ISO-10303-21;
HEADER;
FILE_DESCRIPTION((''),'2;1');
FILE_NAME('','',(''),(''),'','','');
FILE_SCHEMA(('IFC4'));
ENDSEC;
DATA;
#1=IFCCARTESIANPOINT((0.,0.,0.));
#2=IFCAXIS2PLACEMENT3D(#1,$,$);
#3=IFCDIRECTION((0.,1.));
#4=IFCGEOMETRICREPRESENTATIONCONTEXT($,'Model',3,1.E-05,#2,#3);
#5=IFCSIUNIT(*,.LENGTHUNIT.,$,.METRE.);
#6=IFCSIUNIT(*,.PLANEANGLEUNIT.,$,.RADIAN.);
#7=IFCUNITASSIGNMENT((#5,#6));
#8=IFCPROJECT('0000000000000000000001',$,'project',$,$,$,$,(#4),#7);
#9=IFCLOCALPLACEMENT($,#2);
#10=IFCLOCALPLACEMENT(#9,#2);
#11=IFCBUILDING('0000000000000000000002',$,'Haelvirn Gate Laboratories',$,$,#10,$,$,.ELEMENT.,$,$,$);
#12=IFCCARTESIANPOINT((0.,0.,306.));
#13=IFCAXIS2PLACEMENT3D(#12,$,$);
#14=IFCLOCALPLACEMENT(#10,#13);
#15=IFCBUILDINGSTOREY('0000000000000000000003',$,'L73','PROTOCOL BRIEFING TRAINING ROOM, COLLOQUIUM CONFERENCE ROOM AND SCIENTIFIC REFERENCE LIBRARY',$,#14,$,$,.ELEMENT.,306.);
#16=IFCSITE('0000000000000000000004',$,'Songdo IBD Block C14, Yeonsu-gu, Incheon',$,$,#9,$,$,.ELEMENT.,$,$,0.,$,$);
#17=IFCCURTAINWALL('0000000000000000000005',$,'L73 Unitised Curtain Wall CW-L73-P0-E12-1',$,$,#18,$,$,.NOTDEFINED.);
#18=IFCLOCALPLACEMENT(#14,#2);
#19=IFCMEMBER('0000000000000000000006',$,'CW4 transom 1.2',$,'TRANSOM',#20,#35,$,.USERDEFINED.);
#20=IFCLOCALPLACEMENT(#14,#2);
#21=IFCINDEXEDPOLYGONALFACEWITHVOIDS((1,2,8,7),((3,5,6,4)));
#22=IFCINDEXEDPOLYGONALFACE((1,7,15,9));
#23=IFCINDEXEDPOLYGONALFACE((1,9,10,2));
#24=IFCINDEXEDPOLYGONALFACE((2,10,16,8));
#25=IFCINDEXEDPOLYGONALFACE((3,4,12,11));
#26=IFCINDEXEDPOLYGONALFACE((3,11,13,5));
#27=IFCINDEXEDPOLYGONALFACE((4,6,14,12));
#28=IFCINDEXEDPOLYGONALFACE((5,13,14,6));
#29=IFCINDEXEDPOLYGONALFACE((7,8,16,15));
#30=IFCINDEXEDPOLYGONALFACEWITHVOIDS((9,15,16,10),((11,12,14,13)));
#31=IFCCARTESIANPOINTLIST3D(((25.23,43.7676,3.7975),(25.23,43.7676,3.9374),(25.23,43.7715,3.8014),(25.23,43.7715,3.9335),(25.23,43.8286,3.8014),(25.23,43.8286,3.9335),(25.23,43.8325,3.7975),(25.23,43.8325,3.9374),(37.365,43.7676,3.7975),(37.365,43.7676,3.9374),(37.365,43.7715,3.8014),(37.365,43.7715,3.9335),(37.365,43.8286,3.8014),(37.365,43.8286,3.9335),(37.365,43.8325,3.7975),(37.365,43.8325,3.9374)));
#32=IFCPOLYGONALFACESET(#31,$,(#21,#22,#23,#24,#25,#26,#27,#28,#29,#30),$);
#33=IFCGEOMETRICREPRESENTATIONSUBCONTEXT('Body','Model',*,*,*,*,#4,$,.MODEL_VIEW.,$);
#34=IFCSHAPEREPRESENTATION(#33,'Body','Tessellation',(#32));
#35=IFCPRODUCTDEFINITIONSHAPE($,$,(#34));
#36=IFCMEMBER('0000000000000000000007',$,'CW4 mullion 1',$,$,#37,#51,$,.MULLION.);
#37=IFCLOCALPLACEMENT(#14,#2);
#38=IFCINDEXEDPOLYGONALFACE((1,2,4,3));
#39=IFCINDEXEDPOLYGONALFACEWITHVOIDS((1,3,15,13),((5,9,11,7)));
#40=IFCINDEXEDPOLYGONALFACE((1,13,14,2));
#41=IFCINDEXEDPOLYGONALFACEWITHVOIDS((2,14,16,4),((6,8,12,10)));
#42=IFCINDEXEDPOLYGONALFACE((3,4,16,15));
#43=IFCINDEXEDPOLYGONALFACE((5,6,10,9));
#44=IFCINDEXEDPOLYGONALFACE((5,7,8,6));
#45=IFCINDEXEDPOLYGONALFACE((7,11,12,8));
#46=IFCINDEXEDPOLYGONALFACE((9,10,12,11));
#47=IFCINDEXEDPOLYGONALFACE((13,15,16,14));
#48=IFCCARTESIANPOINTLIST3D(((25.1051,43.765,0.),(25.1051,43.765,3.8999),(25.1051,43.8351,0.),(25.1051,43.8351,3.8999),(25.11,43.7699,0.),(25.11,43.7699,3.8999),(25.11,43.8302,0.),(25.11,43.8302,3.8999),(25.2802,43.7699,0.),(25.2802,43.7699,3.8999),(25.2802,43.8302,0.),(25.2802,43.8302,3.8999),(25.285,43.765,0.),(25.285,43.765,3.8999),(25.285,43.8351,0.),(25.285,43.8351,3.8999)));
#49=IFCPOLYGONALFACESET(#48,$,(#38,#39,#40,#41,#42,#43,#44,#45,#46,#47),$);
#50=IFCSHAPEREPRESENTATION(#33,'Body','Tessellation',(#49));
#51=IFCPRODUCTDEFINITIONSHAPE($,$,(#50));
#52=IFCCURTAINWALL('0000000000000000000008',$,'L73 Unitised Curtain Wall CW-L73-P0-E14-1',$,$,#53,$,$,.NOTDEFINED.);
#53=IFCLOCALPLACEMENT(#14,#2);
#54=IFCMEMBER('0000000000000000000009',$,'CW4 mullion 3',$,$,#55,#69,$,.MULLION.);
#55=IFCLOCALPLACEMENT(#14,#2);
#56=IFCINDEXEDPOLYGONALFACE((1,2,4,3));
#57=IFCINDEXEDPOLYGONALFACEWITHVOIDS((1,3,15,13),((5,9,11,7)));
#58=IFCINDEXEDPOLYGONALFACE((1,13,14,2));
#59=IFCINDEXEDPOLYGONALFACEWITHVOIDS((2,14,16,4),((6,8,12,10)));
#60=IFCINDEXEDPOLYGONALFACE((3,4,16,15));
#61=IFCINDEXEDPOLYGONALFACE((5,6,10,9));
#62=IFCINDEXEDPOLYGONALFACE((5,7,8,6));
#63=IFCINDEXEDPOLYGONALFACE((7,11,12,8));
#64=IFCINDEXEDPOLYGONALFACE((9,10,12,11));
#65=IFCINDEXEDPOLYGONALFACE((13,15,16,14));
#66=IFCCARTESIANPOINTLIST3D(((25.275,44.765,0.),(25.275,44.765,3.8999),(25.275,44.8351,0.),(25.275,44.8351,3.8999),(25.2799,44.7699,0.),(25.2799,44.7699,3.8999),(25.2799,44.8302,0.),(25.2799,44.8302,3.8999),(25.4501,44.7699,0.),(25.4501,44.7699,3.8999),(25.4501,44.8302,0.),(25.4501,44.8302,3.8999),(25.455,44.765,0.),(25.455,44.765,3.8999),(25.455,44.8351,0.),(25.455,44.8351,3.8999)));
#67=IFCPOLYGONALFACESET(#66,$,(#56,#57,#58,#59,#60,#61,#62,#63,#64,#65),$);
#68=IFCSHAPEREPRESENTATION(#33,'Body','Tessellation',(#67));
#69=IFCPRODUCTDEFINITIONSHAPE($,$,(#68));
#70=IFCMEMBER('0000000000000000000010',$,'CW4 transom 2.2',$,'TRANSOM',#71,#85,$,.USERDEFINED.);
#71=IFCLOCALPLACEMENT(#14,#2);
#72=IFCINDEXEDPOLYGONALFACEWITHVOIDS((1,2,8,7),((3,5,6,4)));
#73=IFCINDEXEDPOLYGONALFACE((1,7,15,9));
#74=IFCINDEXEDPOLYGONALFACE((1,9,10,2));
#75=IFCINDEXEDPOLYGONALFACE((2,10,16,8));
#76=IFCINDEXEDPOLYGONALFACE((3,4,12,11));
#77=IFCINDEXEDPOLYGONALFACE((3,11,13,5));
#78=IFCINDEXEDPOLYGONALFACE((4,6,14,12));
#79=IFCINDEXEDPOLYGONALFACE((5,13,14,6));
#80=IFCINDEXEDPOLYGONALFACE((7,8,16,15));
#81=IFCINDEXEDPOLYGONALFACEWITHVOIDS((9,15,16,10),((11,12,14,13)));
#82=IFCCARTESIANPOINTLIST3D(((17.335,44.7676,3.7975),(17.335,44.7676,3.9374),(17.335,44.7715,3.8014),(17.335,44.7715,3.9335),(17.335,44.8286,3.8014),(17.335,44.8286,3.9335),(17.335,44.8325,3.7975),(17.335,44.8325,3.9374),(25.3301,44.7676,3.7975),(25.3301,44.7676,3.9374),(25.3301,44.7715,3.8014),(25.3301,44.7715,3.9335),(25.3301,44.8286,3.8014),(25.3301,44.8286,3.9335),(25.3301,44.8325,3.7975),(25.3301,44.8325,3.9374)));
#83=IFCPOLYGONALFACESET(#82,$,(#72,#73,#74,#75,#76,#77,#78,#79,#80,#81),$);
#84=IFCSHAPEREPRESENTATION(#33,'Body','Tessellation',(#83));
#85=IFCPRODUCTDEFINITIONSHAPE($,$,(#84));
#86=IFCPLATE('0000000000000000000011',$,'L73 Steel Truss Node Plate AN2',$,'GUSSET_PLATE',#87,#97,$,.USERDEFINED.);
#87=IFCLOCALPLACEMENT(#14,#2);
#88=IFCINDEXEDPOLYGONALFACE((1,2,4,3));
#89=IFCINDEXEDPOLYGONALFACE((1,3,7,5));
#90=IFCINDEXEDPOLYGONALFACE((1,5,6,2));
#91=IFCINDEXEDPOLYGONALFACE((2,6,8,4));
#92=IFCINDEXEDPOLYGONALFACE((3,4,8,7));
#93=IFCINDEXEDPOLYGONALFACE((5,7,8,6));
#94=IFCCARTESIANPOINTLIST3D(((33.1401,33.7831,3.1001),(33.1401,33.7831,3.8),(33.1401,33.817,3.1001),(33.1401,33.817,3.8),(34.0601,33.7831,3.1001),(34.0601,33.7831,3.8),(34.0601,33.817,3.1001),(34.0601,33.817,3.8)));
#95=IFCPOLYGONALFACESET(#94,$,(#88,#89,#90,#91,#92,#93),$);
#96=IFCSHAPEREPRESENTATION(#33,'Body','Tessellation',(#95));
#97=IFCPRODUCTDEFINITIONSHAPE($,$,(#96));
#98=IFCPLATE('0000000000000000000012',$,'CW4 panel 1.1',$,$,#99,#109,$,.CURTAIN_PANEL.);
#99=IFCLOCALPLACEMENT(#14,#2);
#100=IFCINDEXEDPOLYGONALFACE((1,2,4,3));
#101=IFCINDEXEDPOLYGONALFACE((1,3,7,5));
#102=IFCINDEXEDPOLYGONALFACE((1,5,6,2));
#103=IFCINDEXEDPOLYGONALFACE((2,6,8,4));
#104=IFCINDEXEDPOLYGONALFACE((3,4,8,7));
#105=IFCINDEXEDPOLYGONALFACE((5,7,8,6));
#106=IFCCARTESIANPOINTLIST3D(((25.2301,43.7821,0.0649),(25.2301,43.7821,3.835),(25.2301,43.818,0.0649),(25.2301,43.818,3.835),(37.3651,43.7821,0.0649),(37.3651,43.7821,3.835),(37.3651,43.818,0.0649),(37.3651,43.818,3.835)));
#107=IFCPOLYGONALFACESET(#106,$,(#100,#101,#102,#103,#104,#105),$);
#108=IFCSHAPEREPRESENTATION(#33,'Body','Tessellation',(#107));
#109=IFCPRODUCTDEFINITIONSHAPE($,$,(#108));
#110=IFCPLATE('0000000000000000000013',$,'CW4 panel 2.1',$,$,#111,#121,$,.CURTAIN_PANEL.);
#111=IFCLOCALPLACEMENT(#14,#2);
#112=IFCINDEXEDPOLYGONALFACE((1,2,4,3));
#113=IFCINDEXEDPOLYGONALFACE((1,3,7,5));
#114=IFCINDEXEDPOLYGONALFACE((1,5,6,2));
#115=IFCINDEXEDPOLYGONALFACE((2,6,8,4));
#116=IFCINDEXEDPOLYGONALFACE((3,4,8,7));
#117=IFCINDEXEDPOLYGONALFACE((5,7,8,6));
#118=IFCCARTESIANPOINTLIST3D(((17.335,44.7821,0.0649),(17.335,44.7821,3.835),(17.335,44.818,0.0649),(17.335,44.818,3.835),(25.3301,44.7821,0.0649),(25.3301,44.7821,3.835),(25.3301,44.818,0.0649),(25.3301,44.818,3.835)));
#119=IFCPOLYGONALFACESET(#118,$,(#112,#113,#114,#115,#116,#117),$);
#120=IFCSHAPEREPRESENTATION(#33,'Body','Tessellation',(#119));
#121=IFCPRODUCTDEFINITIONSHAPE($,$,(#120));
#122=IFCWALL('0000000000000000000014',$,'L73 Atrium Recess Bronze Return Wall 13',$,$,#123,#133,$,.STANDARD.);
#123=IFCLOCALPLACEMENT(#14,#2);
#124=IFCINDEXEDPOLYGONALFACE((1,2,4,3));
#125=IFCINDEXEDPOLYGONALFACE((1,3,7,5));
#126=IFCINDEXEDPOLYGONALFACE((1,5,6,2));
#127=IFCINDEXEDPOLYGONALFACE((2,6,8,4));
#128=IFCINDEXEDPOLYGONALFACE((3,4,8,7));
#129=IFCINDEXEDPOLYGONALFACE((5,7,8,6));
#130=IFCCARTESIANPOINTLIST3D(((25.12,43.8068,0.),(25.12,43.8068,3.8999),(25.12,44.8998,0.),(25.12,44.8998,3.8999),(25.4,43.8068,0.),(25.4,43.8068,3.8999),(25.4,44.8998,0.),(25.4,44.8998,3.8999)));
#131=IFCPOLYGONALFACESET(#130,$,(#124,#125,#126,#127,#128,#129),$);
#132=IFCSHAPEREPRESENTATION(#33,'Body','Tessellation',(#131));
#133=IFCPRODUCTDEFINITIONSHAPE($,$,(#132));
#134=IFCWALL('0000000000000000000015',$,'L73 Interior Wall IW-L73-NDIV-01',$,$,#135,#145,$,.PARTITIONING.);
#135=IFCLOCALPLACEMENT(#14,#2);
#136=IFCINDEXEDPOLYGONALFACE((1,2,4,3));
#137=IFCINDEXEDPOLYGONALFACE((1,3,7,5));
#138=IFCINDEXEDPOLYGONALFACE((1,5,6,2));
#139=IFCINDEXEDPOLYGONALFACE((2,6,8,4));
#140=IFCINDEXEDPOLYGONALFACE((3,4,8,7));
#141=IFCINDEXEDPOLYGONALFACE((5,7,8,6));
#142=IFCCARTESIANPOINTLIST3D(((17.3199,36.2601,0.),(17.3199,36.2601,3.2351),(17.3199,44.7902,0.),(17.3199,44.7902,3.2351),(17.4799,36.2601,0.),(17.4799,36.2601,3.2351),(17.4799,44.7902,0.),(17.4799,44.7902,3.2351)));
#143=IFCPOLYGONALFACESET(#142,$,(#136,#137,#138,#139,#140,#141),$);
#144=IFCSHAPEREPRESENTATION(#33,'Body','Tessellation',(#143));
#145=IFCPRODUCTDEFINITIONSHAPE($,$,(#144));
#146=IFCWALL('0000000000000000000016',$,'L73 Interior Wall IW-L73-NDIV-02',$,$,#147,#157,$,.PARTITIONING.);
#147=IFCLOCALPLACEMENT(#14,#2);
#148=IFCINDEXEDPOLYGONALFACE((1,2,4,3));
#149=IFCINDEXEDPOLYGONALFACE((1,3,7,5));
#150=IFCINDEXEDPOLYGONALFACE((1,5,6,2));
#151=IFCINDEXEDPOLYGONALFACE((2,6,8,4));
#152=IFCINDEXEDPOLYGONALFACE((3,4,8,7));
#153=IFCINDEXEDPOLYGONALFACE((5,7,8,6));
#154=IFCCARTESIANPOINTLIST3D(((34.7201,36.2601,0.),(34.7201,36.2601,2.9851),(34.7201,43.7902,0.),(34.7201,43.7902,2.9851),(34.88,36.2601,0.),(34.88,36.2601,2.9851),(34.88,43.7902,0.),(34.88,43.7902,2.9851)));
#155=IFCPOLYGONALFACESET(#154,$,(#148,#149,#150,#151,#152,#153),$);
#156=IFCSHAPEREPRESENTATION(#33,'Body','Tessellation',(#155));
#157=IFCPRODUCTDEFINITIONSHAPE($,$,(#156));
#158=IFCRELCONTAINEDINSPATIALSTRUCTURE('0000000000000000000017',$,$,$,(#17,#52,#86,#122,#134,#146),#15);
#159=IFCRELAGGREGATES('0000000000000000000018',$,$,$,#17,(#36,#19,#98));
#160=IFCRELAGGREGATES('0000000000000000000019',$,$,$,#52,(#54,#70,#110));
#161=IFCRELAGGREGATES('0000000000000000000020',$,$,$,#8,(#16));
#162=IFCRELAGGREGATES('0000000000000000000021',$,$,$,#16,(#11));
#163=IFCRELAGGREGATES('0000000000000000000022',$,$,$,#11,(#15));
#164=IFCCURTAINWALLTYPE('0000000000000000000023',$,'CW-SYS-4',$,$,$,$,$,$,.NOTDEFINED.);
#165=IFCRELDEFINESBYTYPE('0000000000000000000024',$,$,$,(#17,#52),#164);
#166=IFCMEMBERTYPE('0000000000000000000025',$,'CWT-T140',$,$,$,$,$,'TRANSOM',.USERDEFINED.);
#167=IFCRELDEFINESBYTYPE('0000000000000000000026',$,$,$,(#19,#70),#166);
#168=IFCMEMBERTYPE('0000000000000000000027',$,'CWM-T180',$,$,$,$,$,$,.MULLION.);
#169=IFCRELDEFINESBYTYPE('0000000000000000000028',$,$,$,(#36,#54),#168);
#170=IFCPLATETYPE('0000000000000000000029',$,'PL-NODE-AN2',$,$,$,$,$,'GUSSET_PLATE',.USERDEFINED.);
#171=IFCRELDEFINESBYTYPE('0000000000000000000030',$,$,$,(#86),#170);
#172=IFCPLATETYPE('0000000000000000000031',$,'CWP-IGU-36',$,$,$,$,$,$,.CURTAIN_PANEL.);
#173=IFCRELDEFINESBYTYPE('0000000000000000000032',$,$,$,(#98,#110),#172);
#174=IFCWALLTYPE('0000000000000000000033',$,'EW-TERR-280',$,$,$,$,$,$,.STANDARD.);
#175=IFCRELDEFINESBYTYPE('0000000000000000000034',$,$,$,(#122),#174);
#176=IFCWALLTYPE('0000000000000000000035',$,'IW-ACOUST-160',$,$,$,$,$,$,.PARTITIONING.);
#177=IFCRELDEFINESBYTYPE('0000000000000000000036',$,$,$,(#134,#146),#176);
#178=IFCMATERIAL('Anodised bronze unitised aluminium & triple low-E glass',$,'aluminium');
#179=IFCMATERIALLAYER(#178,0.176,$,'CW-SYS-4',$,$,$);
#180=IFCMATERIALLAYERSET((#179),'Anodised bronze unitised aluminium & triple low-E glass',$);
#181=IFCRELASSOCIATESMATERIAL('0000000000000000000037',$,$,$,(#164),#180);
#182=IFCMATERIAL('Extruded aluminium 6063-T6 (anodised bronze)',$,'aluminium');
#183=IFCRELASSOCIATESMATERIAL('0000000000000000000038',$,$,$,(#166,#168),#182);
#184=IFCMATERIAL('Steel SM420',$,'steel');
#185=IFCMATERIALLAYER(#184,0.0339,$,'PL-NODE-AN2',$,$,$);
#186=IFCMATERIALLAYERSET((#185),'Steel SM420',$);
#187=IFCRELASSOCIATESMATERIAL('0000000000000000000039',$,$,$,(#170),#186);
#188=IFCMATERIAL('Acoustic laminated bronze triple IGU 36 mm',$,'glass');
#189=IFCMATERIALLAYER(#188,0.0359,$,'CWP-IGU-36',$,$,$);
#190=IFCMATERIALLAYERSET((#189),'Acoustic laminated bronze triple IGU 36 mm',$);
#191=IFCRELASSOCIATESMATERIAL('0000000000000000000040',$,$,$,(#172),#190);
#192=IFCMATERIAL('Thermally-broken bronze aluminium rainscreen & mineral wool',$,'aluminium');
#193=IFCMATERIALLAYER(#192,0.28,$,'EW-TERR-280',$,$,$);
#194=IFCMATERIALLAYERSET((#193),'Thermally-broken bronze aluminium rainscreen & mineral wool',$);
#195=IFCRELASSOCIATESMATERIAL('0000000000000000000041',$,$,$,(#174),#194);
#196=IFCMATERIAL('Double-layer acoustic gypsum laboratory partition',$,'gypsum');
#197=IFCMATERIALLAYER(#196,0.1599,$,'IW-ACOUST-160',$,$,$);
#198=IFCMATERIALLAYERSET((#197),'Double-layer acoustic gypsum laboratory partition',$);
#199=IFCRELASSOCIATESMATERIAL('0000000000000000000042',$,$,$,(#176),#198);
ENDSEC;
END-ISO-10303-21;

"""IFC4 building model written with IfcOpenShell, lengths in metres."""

from ifc_helpers import new_model, si_unit, direction, frame, frame_2d, origin, origin_2d, place, context, subcontext, project, spatial, rectangle, hollow_rectangle, extrude, source, transform, mapped, material, layer, layer_set, material_profile, profile_set, type_object, type_shapes, element, aggregate, save


model = new_model("IFC4")

# Units and contexts
model_context = context("Model", 3, precision=1e-05, world=origin(), true_north=direction((0.0, 1.0)))
body_context = subcontext(model_context, "Body", "Model", "MODEL_VIEW")
ifc_project = project(units=[si_unit("LENGTHUNIT", "METRE"), si_unit("PLANEANGLEUNIT", "RADIAN")], contexts=[model_context])

# Site, building, storey
site_placement = place(None, origin())
site = spatial("IfcSite", under=ifc_project, at=site_placement, Name="Songdo IBD Block C14, Yeonsu-gu, Incheon", CompositionType="ELEMENT", RefElevation=0.0)
building_placement = place(site_placement, origin())
building = spatial("IfcBuilding", under=site, at=building_placement, Name="Haelvirn Gate Laboratories", CompositionType="ELEMENT")
storey_placement = place(building_placement, frame((0.0, 0.0, 306.0)))
storey = spatial("IfcBuildingStorey", under=building, at=storey_placement, Name="L73", Description="PROTOCOL BRIEFING TRAINING ROOM, COLLOQUIUM CONFERENCE ROOM AND SCIENTIFIC REFERENCE LIBRARY", CompositionType="ELEMENT", Elevation=306.0)

# Shared definitions
ifc_material_1 = material(Name="Steel SM420", Category="steel")

# Curtain walls, members
ifc_material_2 = material(Name="Anodised bronze unitised aluminium & triple low-E glass", Category="aluminium")
ifc_layer_1 = layer(ifc_material_2, 0.176, Name="CW-SYS-4")
ifc_layer_set_1 = layer_set([ifc_layer_1], Name="Anodised bronze unitised aluminium & triple low-E glass")
curtain_wall_type = type_object("IfcCurtainWallType", Name="CW-SYS-4", PredefinedType="NOTDEFINED", material=ifc_layer_set_1)
curtain_wall_1_placement = place(storey_placement, origin())
curtain_wall_1 = element("IfcCurtainWall", 1, at=curtain_wall_1_placement, inside=storey, type_object=curtain_wall_type, Name="L73 Unitised Curtain Wall CW-L73-P0-E12-1", PredefinedType="NOTDEFINED")
ifc_material_3 = material(Name="Extruded aluminium 6063-T6 (anodised bronze)", Category="aluminium")
ifc_material_profile_1 = material_profile(ifc_material_3, hollow_rectangle(XDim=0.0649, YDim=0.1399, WallThickness=0.0039, at=origin_2d()), Name="CWT-140x65x4")
ifc_profile_set_1 = profile_set([ifc_material_profile_1], Name="Extruded aluminium 6063-T6 (anodised bronze)")
member_type_1 = type_object("IfcMemberType", Name="CWT-T140", ElementType="TRANSOM", PredefinedType="USERDEFINED", material=ifc_profile_set_1)
shared_shape_1 = source(origin(), body_context, "Body", "SweptSolid", [
    extrude(hollow_rectangle(XDim=0.0649, YDim=0.1399, WallThickness=0.0039, at=origin_2d()), origin(), (0.0, 0.0, 1.0), 12.135),
])
member_1_placement = place(storey_placement, frame((25.23, 43.8, 3.8674), z_axis=(1.0, 0.0, 0.0), x_axis=(0.0, 1.0, 0.0)))
member_1 = element("IfcMember", 2, at=member_1_placement, type_object=member_type_1, Name="CW4 transom 1.2", ObjectType="TRANSOM", PredefinedType="USERDEFINED", context=body_context, shape_type="MappedRepresentation", body=[
    mapped(shared_shape_1, transform((0.0, 0.0, 0.0), scale=1.0)),
])
ifc_material_profile_2 = material_profile(ifc_material_3, hollow_rectangle(XDim=0.0701, YDim=0.1799, WallThickness=0.0049, at=origin_2d()), Name="CWM-180x70x5")
ifc_profile_set_2 = profile_set([ifc_material_profile_2], Name="Extruded aluminium 6063-T6 (anodised bronze)")
member_type_2 = type_object("IfcMemberType", Name="CWM-T180", PredefinedType="MULLION", material=ifc_profile_set_2)
shared_shape_2 = source(origin(), body_context, "Body", "SweptSolid", [
    extrude(hollow_rectangle(XDim=0.0701, YDim=0.1799, WallThickness=0.0049, at=origin_2d()), origin(), (0.0, 0.0, 1.0), 3.8999),
])
type_shapes(member_type_2, [shared_shape_2])
member_2_placement = place(storey_placement, frame((25.1951, 43.8, 0.0), z_axis=(0.0, 0.0, 1.0), x_axis=(0.0, 1.0, 0.0)))
member_2 = element("IfcMember", 3, at=member_2_placement, type_object=member_type_2, Name="CW4 mullion 1", PredefinedType="MULLION", context=body_context, shape_type="MappedRepresentation", body=[
    mapped(shared_shape_2, transform((0.0, 0.0, 0.0), scale=1.0)),
])
curtain_wall_2_placement = place(storey_placement, origin())
curtain_wall_2 = element("IfcCurtainWall", 4, at=curtain_wall_2_placement, inside=storey, type_object=curtain_wall_type, Name="L73 Unitised Curtain Wall CW-L73-P0-E14-1", PredefinedType="NOTDEFINED")
member_3_placement = place(storey_placement, frame((25.365, 44.8, 0.0), z_axis=(0.0, 0.0, 1.0), x_axis=(0.0, 1.0, 0.0)))
member_3 = element("IfcMember", 5, at=member_3_placement, type_object=member_type_2, Name="CW4 mullion 3", PredefinedType="MULLION", context=body_context, shape_type="MappedRepresentation", body=[
    mapped(shared_shape_2, transform((0.0, 0.0, 0.0), scale=1.0)),
])
shared_shape_3 = source(origin(), body_context, "Body", "SweptSolid", [
    extrude(hollow_rectangle(XDim=0.0649, YDim=0.1399, WallThickness=0.0039, at=origin_2d()), origin(), (0.0, 0.0, 1.0), 7.9951),
])
type_shapes(member_type_1, [shared_shape_1, shared_shape_3])
member_4_placement = place(storey_placement, frame((17.335, 44.8, 3.8674), z_axis=(1.0, 0.0, 0.0), x_axis=(0.0, 1.0, 0.0)))
member_4 = element("IfcMember", 6, at=member_4_placement, type_object=member_type_1, Name="CW4 transom 2.2", ObjectType="TRANSOM", PredefinedType="USERDEFINED", context=body_context, shape_type="MappedRepresentation", body=[
    mapped(shared_shape_3, transform((0.0, 0.0, 0.0), scale=1.0)),
])

# Plates
ifc_layer_2 = layer(ifc_material_1, 0.0339, Name="PL-NODE-AN2")
ifc_layer_set_2 = layer_set([ifc_layer_2], Name="Steel SM420")
plate_type_1 = type_object("IfcPlateType", Name="PL-NODE-AN2", ElementType="GUSSET_PLATE", PredefinedType="USERDEFINED", material=ifc_layer_set_2)
shared_shape_4 = source(origin(), body_context, "Body", "SweptSolid", [
    extrude(rectangle(XDim=0.9199, YDim=0.0339, at=origin_2d()), origin(), (0.0, 0.0, 1.0), 0.7),
])
type_shapes(plate_type_1, [shared_shape_4])
plate_1_placement = place(storey_placement, frame((33.6001, 33.8, 3.1001), z_axis=(0.0, 0.0, 1.0), x_axis=(1.0, 0.0, 0.0)))
element("IfcPlate", 7, at=plate_1_placement, inside=storey, type_object=plate_type_1, Name="L73 Steel Truss Node Plate AN2", ObjectType="GUSSET_PLATE", PredefinedType="USERDEFINED", context=body_context, shape_type="MappedRepresentation", body=[
    mapped(shared_shape_4, transform((0.0, 0.0, 0.0), scale=1.0)),
])
ifc_material_4 = material(Name="Acoustic laminated bronze triple IGU 36 mm", Category="glass")
ifc_layer_3 = layer(ifc_material_4, 0.0359, Name="CWP-IGU-36")
ifc_layer_set_3 = layer_set([ifc_layer_3], Name="Acoustic laminated bronze triple IGU 36 mm")
plate_type_2 = type_object("IfcPlateType", Name="CWP-IGU-36", PredefinedType="CURTAIN_PANEL", material=ifc_layer_set_3)
shared_shape_5 = source(origin(), body_context, "Body", "SweptSolid", [
    extrude(rectangle(XDim=12.135, YDim=0.0359, at=origin_2d()), origin(), (0.0, 0.0, 1.0), 3.77),
])
plate_2_placement = place(storey_placement, frame((31.2976, 43.8, 0.0649), z_axis=(0.0, 0.0, 1.0), x_axis=(1.0, 0.0, 0.0)))
plate_2 = element("IfcPlate", 8, at=plate_2_placement, type_object=plate_type_2, Name="CW4 panel 1.1", PredefinedType="CURTAIN_PANEL", context=body_context, shape_type="MappedRepresentation", body=[
    mapped(shared_shape_5, transform((0.0, 0.0, 0.0), scale=1.0)),
])
aggregate(curtain_wall_1, [member_2, member_1, plate_2])
shared_shape_6 = source(origin(), body_context, "Body", "SweptSolid", [
    extrude(rectangle(XDim=7.9951, YDim=0.0359, at=origin_2d()), origin(), (0.0, 0.0, 1.0), 3.77),
])
type_shapes(plate_type_2, [shared_shape_5, shared_shape_6])
plate_3_placement = place(storey_placement, frame((21.3325, 44.8, 0.0649), z_axis=(0.0, 0.0, 1.0), x_axis=(1.0, 0.0, 0.0)))
plate_3 = element("IfcPlate", 9, at=plate_3_placement, type_object=plate_type_2, Name="CW4 panel 2.1", PredefinedType="CURTAIN_PANEL", context=body_context, shape_type="MappedRepresentation", body=[
    mapped(shared_shape_6, transform((0.0, 0.0, 0.0), scale=1.0)),
])
aggregate(curtain_wall_2, [member_3, member_4, plate_3])

# Walls
ifc_material_5 = material(Name="Thermally-broken bronze aluminium rainscreen & mineral wool", Category="aluminium")
ifc_layer_4 = layer(ifc_material_5, 0.28, Name="EW-TERR-280")
ifc_layer_set_4 = layer_set([ifc_layer_4], Name="Thermally-broken bronze aluminium rainscreen & mineral wool")
wall_type_1 = type_object("IfcWallType", Name="EW-TERR-280", PredefinedType="STANDARD", material=ifc_layer_set_4)
wall_1_placement = place(storey_placement, frame((25.26, 43.8069, 0.0), z_axis=(0.0, 0.0, 1.0), x_axis=(0.0, 1.0, 0.0)))
element("IfcWall", 10, at=wall_1_placement, inside=storey, type_object=wall_type_1, Name="L73 Atrium Recess Bronze Return Wall 13", PredefinedType="STANDARD", context=body_context, shape_type="SweptSolid", body=[
    extrude(rectangle(XDim=1.093, YDim=0.28, at=frame_2d((0.5464, 0.0))), origin(), (0.0, 0.0, 1.0), 3.8999),
])
ifc_material_6 = material(Name="Double-layer acoustic gypsum laboratory partition", Category="gypsum")
ifc_layer_5 = layer(ifc_material_6, 0.1599, Name="IW-ACOUST-160")
ifc_layer_set_5 = layer_set([ifc_layer_5], Name="Double-layer acoustic gypsum laboratory partition")
wall_type_2 = type_object("IfcWallType", Name="IW-ACOUST-160", PredefinedType="PARTITIONING", material=ifc_layer_set_5)
wall_2_placement = place(storey_placement, frame((17.3999, 36.26, 0.0), z_axis=(0.0, 0.0, 1.0), x_axis=(0.0, 1.0, 0.0)))
element("IfcWall", 11, at=wall_2_placement, inside=storey, type_object=wall_type_2, Name="L73 Interior Wall IW-L73-NDIV-01", PredefinedType="PARTITIONING", context=body_context, shape_type="SweptSolid", body=[
    extrude(rectangle(XDim=8.53, YDim=0.1599, at=frame_2d((4.2651, 0.0))), origin(), (0.0, 0.0, 1.0), 3.2351),
])
wall_3_placement = place(storey_placement, frame((34.8, 36.26, 0.0), z_axis=(0.0, 0.0, 1.0), x_axis=(0.0, 1.0, 0.0)))
element("IfcWall", 12, at=wall_3_placement, inside=storey, type_object=wall_type_2, Name="L73 Interior Wall IW-L73-NDIV-02", PredefinedType="PARTITIONING", context=body_context, shape_type="SweptSolid", body=[
    extrude(rectangle(XDim=7.53, YDim=0.1599, at=frame_2d((3.7651, 0.0))), origin(), (0.0, 0.0, 1.0), 2.9851),
])

save(model, "model.ifc")
